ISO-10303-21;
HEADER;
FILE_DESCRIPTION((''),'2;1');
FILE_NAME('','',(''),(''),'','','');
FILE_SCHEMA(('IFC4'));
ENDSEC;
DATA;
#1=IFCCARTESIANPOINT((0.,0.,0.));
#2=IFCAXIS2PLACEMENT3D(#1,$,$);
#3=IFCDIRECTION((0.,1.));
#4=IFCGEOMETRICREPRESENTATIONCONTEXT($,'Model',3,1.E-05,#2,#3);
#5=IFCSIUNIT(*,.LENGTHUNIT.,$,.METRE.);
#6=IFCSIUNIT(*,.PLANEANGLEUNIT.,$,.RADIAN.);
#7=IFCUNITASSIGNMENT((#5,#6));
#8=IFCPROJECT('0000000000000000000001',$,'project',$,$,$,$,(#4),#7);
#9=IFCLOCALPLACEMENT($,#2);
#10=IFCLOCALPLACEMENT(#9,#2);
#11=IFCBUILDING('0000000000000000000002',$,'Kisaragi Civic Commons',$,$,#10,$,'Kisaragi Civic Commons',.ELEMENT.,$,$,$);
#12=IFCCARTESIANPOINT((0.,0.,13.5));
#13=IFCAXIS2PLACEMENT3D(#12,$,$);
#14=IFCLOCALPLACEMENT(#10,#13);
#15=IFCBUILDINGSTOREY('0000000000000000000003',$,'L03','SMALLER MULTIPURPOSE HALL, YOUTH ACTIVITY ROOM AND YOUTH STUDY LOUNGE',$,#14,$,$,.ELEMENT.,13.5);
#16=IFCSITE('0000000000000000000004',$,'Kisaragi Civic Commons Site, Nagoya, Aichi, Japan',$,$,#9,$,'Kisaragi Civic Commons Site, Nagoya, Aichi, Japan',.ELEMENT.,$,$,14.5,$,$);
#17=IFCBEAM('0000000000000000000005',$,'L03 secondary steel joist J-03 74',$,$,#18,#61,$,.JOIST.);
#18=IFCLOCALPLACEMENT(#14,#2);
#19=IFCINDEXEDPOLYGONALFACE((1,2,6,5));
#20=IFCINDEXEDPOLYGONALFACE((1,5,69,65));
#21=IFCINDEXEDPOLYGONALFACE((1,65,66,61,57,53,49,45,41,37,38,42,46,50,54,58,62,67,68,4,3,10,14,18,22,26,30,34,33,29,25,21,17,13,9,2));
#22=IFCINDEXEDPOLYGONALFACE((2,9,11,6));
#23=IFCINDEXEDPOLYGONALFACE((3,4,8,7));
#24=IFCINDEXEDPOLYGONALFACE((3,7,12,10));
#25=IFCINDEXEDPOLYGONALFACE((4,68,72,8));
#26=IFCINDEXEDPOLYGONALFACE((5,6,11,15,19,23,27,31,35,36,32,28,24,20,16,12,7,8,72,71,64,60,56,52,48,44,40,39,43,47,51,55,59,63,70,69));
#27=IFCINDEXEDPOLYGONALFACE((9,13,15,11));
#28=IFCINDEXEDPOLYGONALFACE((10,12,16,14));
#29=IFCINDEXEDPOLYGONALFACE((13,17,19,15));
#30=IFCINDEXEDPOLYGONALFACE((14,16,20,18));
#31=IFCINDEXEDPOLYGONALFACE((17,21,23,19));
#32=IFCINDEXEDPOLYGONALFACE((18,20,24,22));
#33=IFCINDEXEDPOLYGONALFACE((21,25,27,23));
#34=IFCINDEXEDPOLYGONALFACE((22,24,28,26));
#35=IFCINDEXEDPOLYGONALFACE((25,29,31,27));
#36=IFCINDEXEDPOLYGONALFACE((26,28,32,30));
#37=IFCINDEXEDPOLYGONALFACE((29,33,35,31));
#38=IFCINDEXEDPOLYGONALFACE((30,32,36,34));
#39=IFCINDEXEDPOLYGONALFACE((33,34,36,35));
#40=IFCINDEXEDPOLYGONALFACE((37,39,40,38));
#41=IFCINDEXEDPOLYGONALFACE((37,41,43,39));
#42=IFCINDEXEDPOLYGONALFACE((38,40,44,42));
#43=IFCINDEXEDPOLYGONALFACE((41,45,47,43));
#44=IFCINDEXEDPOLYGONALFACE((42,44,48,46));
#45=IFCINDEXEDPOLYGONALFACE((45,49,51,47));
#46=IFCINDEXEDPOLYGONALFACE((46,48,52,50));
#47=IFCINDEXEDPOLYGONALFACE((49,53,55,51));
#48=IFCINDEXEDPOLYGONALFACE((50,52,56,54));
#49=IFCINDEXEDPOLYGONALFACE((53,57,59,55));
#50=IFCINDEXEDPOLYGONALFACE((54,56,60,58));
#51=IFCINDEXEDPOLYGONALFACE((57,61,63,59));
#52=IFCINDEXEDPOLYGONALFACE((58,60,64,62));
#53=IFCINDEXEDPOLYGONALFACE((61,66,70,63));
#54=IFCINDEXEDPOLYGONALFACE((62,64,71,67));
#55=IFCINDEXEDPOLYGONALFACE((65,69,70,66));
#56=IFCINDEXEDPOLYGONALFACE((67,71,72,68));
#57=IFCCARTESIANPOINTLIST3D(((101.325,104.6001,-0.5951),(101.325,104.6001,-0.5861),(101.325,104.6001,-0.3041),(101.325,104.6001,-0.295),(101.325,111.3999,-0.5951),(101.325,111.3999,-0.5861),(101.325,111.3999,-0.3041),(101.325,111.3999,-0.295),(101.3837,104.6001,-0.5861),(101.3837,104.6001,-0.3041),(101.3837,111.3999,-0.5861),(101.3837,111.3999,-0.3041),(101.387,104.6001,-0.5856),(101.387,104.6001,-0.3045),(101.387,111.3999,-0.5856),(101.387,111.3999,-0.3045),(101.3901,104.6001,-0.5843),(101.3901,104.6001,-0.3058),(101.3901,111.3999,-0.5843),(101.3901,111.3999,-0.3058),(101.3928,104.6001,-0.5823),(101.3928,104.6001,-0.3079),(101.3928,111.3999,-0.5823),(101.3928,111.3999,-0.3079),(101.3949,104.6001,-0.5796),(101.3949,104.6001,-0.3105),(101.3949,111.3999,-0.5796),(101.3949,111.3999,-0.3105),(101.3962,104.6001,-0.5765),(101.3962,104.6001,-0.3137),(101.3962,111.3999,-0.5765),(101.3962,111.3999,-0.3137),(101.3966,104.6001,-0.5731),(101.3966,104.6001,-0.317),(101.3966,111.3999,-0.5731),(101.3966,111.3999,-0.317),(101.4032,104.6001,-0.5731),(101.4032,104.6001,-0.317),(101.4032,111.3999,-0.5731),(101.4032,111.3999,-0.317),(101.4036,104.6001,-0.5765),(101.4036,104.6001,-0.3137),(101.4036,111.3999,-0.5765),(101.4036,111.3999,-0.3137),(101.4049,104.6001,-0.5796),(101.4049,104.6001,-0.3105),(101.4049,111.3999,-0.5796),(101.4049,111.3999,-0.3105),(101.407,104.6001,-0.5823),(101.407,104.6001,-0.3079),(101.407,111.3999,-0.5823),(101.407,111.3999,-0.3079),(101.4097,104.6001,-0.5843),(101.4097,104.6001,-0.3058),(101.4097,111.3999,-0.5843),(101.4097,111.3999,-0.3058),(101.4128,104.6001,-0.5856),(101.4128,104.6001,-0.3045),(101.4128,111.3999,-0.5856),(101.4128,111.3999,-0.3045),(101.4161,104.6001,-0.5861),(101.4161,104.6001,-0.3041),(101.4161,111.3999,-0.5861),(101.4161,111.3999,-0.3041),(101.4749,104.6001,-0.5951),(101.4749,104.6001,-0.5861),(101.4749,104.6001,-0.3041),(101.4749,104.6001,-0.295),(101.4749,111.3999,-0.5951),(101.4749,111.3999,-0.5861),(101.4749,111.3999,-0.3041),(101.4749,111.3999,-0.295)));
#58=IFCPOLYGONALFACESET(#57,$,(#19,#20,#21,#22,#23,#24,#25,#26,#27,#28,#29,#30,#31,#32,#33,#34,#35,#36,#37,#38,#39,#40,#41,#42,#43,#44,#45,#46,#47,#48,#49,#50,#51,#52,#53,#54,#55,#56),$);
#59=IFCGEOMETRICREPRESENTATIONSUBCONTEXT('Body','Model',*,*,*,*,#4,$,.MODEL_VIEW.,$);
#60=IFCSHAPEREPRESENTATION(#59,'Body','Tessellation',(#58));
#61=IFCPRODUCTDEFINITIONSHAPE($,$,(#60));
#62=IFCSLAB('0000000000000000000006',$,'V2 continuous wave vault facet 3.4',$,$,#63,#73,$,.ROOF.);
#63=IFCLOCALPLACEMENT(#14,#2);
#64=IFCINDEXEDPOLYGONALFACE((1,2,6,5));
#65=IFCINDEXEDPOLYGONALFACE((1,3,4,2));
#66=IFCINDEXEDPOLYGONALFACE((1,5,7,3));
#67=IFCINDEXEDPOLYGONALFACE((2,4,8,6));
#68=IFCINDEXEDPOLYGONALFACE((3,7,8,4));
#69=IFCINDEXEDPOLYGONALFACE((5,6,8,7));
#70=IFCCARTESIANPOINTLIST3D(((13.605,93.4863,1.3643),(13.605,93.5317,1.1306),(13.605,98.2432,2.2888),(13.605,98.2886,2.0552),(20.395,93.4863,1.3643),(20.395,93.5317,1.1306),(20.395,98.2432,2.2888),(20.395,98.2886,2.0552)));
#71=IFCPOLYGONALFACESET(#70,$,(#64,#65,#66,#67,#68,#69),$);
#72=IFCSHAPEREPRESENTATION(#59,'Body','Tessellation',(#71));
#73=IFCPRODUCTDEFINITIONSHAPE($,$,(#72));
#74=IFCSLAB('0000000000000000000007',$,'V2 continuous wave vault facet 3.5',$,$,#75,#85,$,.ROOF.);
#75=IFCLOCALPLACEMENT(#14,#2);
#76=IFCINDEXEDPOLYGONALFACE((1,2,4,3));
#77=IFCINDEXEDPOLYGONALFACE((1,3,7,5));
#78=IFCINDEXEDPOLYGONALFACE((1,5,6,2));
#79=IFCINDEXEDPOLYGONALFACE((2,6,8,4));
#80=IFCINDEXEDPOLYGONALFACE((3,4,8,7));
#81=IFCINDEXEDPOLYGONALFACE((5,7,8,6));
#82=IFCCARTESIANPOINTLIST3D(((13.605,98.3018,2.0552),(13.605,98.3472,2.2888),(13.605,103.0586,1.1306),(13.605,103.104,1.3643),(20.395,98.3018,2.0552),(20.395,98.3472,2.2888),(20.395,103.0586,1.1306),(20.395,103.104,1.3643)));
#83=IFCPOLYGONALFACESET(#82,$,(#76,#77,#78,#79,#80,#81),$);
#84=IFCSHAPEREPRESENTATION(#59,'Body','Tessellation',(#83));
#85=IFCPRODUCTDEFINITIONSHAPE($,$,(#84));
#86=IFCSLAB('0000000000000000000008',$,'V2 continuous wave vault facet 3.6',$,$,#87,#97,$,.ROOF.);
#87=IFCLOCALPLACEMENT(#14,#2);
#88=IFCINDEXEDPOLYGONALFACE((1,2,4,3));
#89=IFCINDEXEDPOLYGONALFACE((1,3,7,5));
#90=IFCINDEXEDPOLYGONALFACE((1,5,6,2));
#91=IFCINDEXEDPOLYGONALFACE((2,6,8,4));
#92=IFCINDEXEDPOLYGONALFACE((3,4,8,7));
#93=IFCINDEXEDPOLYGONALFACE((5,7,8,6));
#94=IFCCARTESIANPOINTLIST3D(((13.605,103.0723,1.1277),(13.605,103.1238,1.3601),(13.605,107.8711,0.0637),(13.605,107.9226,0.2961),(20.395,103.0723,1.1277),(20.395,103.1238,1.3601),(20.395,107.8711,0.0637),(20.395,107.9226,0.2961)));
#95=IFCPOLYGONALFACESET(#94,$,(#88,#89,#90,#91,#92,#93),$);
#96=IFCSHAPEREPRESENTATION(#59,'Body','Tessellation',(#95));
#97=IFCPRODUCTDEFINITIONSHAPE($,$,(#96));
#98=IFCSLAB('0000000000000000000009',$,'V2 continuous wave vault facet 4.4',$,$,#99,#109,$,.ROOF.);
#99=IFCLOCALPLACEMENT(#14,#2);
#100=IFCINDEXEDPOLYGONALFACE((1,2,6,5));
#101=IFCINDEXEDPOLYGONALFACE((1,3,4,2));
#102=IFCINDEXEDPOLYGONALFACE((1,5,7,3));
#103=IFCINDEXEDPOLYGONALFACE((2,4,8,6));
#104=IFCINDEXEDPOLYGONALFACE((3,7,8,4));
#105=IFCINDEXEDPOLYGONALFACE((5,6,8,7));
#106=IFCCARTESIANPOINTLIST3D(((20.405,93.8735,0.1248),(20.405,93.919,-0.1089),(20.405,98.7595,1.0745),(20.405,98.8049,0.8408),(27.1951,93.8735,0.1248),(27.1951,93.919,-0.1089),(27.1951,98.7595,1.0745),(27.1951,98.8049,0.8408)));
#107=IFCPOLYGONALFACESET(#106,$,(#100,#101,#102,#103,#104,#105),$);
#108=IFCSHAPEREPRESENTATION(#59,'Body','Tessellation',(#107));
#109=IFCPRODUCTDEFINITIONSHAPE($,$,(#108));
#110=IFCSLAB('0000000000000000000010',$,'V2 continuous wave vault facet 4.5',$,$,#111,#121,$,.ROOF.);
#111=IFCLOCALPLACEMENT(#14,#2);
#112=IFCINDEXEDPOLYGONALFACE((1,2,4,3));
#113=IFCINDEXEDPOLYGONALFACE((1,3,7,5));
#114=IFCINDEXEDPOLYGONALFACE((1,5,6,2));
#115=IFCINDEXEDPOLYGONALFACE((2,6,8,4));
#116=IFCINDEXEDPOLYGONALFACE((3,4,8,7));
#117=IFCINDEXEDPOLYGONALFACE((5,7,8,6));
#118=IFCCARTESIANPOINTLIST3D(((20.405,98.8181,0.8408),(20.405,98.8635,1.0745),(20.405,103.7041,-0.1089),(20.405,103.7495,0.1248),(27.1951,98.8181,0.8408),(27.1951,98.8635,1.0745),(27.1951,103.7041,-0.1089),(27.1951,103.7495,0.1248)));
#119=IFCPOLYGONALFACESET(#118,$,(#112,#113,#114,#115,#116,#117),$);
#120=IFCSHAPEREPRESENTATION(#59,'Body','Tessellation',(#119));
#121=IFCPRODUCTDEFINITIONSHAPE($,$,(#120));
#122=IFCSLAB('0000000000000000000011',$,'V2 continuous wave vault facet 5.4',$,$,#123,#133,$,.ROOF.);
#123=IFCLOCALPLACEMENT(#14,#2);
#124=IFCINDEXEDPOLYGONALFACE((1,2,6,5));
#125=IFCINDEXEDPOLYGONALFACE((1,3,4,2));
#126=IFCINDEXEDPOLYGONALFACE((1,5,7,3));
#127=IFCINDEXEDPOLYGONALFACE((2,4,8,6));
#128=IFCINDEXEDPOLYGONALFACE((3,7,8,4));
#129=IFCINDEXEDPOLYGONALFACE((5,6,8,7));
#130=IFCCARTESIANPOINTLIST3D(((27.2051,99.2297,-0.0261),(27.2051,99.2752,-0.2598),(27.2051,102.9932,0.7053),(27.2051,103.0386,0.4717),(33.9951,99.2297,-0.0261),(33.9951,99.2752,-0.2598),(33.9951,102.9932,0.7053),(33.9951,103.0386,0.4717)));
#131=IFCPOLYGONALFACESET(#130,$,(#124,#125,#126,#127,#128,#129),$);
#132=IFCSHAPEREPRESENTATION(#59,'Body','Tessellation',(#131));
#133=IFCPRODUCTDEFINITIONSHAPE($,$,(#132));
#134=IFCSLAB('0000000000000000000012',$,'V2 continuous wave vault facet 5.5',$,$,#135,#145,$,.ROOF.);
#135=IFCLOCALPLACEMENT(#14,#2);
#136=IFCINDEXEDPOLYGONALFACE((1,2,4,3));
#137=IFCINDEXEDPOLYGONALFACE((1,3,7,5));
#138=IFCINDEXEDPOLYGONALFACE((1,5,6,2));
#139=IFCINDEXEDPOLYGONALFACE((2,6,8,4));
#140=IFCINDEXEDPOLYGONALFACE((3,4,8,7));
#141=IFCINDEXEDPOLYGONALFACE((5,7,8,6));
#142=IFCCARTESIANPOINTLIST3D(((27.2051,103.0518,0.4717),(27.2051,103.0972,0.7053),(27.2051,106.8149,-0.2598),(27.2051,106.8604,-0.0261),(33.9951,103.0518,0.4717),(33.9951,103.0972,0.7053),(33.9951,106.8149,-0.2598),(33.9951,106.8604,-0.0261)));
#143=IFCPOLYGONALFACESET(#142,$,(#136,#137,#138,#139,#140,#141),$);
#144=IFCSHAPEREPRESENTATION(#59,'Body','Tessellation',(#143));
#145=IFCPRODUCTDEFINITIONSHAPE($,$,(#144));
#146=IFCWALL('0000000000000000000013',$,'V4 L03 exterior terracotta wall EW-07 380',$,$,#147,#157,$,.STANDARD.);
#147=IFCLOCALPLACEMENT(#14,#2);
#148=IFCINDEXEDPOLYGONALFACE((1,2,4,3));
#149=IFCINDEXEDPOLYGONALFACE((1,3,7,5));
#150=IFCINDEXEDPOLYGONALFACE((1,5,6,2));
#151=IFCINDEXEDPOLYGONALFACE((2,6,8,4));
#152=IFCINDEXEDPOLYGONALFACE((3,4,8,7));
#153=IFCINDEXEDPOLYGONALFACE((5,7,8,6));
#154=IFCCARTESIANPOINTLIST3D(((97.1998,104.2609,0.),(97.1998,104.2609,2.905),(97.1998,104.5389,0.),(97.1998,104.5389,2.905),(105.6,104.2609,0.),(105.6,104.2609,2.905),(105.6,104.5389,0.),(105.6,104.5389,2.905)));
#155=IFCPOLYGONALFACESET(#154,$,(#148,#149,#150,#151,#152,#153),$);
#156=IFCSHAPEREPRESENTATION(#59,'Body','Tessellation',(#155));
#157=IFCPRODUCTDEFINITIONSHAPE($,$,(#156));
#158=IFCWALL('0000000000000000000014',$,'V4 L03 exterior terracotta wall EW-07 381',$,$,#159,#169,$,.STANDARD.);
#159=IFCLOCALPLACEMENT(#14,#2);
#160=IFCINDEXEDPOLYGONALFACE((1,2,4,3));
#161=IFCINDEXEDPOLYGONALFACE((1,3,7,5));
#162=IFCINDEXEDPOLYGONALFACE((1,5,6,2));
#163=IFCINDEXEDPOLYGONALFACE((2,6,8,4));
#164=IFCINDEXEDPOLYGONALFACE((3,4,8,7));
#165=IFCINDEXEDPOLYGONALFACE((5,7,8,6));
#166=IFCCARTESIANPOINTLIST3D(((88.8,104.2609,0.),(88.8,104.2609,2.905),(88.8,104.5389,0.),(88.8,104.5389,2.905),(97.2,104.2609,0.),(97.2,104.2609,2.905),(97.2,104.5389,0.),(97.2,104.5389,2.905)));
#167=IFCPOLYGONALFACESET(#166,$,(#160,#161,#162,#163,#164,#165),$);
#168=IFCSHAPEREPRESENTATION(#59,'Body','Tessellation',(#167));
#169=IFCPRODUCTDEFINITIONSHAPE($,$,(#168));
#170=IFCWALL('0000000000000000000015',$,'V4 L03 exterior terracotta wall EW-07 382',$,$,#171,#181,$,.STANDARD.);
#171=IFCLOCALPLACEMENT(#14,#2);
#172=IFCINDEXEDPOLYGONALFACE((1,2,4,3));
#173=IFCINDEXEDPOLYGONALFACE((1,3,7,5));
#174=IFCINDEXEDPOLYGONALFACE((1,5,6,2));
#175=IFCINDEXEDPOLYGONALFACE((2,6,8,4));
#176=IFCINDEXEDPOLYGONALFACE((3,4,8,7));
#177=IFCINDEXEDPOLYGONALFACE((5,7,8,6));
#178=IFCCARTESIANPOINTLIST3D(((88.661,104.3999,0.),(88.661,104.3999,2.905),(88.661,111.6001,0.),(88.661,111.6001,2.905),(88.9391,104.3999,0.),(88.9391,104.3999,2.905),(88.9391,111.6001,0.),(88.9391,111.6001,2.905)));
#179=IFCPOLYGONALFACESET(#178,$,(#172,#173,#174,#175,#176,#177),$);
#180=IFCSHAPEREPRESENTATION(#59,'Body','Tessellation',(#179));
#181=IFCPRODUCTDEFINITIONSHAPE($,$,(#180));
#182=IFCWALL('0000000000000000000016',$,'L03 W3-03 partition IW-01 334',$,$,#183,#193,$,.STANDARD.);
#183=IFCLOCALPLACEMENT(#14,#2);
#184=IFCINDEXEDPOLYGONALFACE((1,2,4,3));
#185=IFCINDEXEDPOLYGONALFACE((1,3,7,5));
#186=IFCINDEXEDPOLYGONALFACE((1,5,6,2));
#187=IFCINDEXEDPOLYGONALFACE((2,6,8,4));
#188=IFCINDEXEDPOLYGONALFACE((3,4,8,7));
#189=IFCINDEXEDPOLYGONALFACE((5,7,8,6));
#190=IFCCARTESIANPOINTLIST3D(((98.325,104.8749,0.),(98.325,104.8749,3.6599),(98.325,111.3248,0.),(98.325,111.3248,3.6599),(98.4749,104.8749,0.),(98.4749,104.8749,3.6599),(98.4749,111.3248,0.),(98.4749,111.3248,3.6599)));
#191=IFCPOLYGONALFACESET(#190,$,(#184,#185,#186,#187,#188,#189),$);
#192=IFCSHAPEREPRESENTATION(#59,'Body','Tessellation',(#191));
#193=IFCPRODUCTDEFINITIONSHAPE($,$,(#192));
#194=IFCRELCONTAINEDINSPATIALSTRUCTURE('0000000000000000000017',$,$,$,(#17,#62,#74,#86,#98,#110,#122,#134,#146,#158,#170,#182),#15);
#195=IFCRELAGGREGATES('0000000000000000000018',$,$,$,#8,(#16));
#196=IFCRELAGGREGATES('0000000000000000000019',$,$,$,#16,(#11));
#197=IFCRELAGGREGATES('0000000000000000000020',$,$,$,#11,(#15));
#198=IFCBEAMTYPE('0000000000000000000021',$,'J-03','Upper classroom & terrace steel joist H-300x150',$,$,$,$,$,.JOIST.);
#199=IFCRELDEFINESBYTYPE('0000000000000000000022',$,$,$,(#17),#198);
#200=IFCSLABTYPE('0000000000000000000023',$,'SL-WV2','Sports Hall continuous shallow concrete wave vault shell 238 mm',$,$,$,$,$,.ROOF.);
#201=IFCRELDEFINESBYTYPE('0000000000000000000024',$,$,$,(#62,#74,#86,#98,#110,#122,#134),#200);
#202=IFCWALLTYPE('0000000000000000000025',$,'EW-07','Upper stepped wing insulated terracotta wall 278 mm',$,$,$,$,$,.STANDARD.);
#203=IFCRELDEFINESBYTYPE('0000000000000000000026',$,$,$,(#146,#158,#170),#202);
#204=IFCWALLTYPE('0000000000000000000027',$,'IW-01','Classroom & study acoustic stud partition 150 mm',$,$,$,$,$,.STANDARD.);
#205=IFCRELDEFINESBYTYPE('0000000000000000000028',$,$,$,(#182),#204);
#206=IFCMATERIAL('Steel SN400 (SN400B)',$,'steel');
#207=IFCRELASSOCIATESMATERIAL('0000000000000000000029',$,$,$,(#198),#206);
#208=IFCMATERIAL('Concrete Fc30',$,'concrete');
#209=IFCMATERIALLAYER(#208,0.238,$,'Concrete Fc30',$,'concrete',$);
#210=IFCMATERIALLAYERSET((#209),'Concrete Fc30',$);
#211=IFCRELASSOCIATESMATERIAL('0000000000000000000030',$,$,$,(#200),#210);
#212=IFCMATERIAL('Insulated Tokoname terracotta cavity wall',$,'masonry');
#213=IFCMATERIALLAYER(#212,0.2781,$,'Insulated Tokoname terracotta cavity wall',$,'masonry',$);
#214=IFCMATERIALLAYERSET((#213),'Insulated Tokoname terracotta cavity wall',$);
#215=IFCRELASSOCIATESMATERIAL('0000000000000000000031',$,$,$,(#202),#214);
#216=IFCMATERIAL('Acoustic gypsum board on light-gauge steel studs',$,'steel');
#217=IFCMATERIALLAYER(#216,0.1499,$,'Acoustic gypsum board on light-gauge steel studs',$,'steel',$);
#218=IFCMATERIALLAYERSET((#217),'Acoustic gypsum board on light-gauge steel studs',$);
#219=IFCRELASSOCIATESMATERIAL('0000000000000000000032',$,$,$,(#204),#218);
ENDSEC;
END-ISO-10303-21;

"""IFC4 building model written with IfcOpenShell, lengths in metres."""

from ifc_helpers import new_model, si_unit, direction, frame, frame_2d, origin, origin_2d, place, context, subcontext, project, spatial, polyline, rectangle, i_section, outline, extrude, material, layer, layer_set, material_profile, profile_set, type_object, element, save


model = new_model("IFC4")

# Units and contexts
model_context = context("Model", 3, precision=1e-05, world=origin(), true_north=direction((0.0, 1.0)))
body_context = subcontext(model_context, "Body", "Model", "MODEL_VIEW")
ifc_project = project(units=[si_unit("LENGTHUNIT", "METRE"), si_unit("PLANEANGLEUNIT", "RADIAN")], contexts=[model_context])

# Site, building, storey
site_placement = place(None, origin())
site = spatial("IfcSite", under=ifc_project, at=site_placement, Name="Kisaragi Civic Commons Site, Nagoya, Aichi, Japan", LongName="Kisaragi Civic Commons Site, Nagoya, Aichi, Japan", CompositionType="ELEMENT", RefElevation=14.5)
building_placement = place(site_placement, origin())
building = spatial("IfcBuilding", under=site, at=building_placement, Name="Kisaragi Civic Commons", LongName="Kisaragi Civic Commons", CompositionType="ELEMENT")
storey_placement = place(building_placement, frame((0.0, 0.0, 13.5)))
storey = spatial("IfcBuildingStorey", under=building, at=storey_placement, Name="L03", Description="SMALLER MULTIPURPOSE HALL, YOUTH ACTIVITY ROOM AND YOUTH STUDY LOUNGE", CompositionType="ELEMENT", Elevation=13.5)

# Shared definitions
ifc_material_1 = material(Name="Concrete Fc30", Category="concrete")

# Beam
ifc_material_2 = material(Name="Steel SN400 (SN400B)", Category="steel")
ifc_material_profile_1 = material_profile(ifc_material_2, i_section(OverallWidth=0.1499, OverallDepth=0.3, WebThickness=0.0066, FlangeThickness=0.009, FilletRadius=0.0129, at=origin_2d()), Name="H-300x150x6.5x9", Category="steel")
ifc_profile_set_1 = profile_set([ifc_material_profile_1], Name="Steel SN400 (SN400B)")
beam_type_1 = type_object("IfcBeamType", Name="J-03", Description="Upper classroom & terrace steel joist H-300x150", PredefinedType="JOIST", material=ifc_profile_set_1)
for number, where, z_axis, x_axis, name in (
    (1, (101.3999, 104.6001, -0.4451), (0.0, 1.0, 0.0), (-1.0, 0.0, 0.0), "L03 secondary steel joist J-03 74"),
):
    element("IfcBeam", number, at=place(storey_placement, frame(where, z_axis=z_axis, x_axis=x_axis)), inside=storey, type_object=beam_type_1, Name=name, PredefinedType="JOIST", context=body_context, shape_type="SweptSolid", body=[
        extrude(i_section(OverallWidth=0.1499, OverallDepth=0.3, WebThickness=0.0066, FlangeThickness=0.009, FilletRadius=0.0129, at=origin_2d()), origin(), (0.0, 0.0, 1.0), 6.7998),
    ])

# Slabs
ifc_layer_1 = layer(ifc_material_1, 0.238, Name="Concrete Fc30", Category="concrete")
ifc_layer_set_1 = layer_set([ifc_layer_1], Name="Concrete Fc30")
slab_type = type_object("IfcSlabType", Name="SL-WV2", Description="Sports Hall continuous shallow concrete wave vault shell 238 mm", PredefinedType="ROOF", material=ifc_layer_set_1)
for number, where, z_axis, x_axis, name in (
    (2, (20.395, 98.2432, 2.2888), (0.0, -0.190794, 0.98163), (-1.0, 0.0, 0.0), "V2 continuous wave vault facet 3.4"),
    (3, (20.395, 103.104, 1.3643), (0.0, 0.190794, 0.98163), (-1.0, 0.0, 0.0), "V2 continuous wave vault facet 3.5"),
):
    element("IfcSlab", number, at=place(storey_placement, frame(where, z_axis=z_axis, x_axis=x_axis)), inside=storey, type_object=slab_type, Name=name, PredefinedType="ROOF", context=body_context, shape_type="SweptSolid", body=[
        extrude(outline(polyline([(0.0, 0.0), (6.79, 0.0), (6.79, 4.8459), (0.0, 4.8459), (0.0, 0.0)])), origin(), (0.0, 0.0, -1.0), 0.238),
    ])
slab_1_placement = place(storey_placement, frame((20.395, 107.9226, 0.2961), z_axis=(0.0, 0.216457, 0.976292), x_axis=(-1.0, 0.0, 0.0)))
element("IfcSlab", 4, at=slab_1_placement, inside=storey, type_object=slab_type, Name="V2 continuous wave vault facet 3.6", PredefinedType="ROOF", context=body_context, shape_type="SweptSolid", body=[
    extrude(outline(polyline([(0.0, 0.0), (6.79, 0.0), (6.79, 4.9154), (0.0, 4.9154), (0.0, 0.0)])), origin(), (0.0, 0.0, -1.0), 0.238),
])
for number, where, z_axis, x_axis, name in (
    (5, (27.1951, 98.7595, 1.0745), (0.0, -0.190803, 0.981628), (-1.0, 0.0, 0.0), "V2 continuous wave vault facet 4.4"),
    (6, (27.1951, 103.7495, 0.1248), (0.0, 0.190803, 0.981628), (-1.0, 0.0, 0.0), "V2 continuous wave vault facet 4.5"),
):
    element("IfcSlab", number, at=place(storey_placement, frame(where, z_axis=z_axis, x_axis=x_axis)), inside=storey, type_object=slab_type, Name=name, PredefinedType="ROOF", context=body_context, shape_type="SweptSolid", body=[
        extrude(outline(polyline([(0.0, 0.0), (6.79, 0.0), (6.79, 4.9774), (0.0, 4.9774), (0.0, 0.0)])), origin(), (0.0, 0.0, -1.0), 0.238),
    ])
slab_2_placement = place(storey_placement, frame((33.9951, 102.9932, 0.7053), z_axis=(0.0, -0.190786, 0.981632), x_axis=(-1.0, 0.0, 0.0)))
element("IfcSlab", 7, at=slab_2_placement, inside=storey, type_object=slab_type, Name="V2 continuous wave vault facet 5.4", PredefinedType="ROOF", context=body_context, shape_type="SweptSolid", body=[
    extrude(outline(polyline([(0.0, 0.0), (6.79, 0.0), (6.79, 3.8338), (0.0, 3.8338), (0.0, 0.0)])), origin(), (0.0, 0.0, -1.0), 0.238),
])
slab_3_placement = place(storey_placement, frame((33.9951, 106.8604, -0.0261), z_axis=(0.0, 0.190798, 0.981629), x_axis=(-1.0, 0.0, 0.0)))
element("IfcSlab", 8, at=slab_3_placement, inside=storey, type_object=slab_type, Name="V2 continuous wave vault facet 5.5", PredefinedType="ROOF", context=body_context, shape_type="SweptSolid", body=[
    extrude(outline(polyline([(0.0, 0.0), (6.79, 0.0), (6.79, 3.8336), (0.0, 3.8336), (0.0, 0.0)])), origin(), (0.0, 0.0, -1.0), 0.238),
])

# Walls
ifc_material_3 = material(Name="Insulated Tokoname terracotta cavity wall", Category="masonry")
ifc_layer_2 = layer(ifc_material_3, 0.2781, Name="Insulated Tokoname terracotta cavity wall", Category="masonry")
ifc_layer_set_2 = layer_set([ifc_layer_2], Name="Insulated Tokoname terracotta cavity wall")
wall_type_1 = type_object("IfcWallType", Name="EW-07", Description="Upper stepped wing insulated terracotta wall 278 mm", PredefinedType="STANDARD", material=ifc_layer_set_2)
wall_1_placement = place(storey_placement, frame((105.6001, 104.3999, 0.0), z_axis=(0.0, 0.0, 1.0), x_axis=(-1.0, 0.0, 0.0)))
element("IfcWall", 9, at=wall_1_placement, inside=storey, type_object=wall_type_1, Name="V4 L03 exterior terracotta wall EW-07 380", PredefinedType="STANDARD", context=body_context, shape_type="SweptSolid", body=[
    extrude(rectangle(XDim=8.4001, YDim=0.2781, at=frame_2d((4.2002, 0.0))), origin(), (0.0, 0.0, 1.0), 2.905),
])
wall_2_placement = place(storey_placement, frame((97.2, 104.3999, 0.0), z_axis=(0.0, 0.0, 1.0), x_axis=(-1.0, 0.0, 0.0)))
element("IfcWall", 10, at=wall_2_placement, inside=storey, type_object=wall_type_1, Name="V4 L03 exterior terracotta wall EW-07 381", PredefinedType="STANDARD", context=body_context, shape_type="SweptSolid", body=[
    extrude(rectangle(XDim=8.3999, YDim=0.2781, at=frame_2d((4.2, 0.0))), origin(), (0.0, 0.0, 1.0), 2.905),
])
wall_3_placement = place(storey_placement, frame((88.8, 104.3999, 0.0), z_axis=(0.0, 0.0, 1.0), x_axis=(0.0, 1.0, 0.0)))
element("IfcWall", 11, at=wall_3_placement, inside=storey, type_object=wall_type_1, Name="V4 L03 exterior terracotta wall EW-07 382", PredefinedType="STANDARD", context=body_context, shape_type="SweptSolid", body=[
    extrude(rectangle(XDim=7.2002, YDim=0.2781, at=frame_2d((3.6001, 0.0))), origin(), (0.0, 0.0, 1.0), 2.905),
])
ifc_material_4 = material(Name="Acoustic gypsum board on light-gauge steel studs", Category="steel")
ifc_layer_3 = layer(ifc_material_4, 0.1499, Name="Acoustic gypsum board on light-gauge steel studs", Category="steel")
ifc_layer_set_3 = layer_set([ifc_layer_3], Name="Acoustic gypsum board on light-gauge steel studs")
wall_type_2 = type_object("IfcWallType", Name="IW-01", Description="Classroom & study acoustic stud partition 150 mm", PredefinedType="STANDARD", material=ifc_layer_set_3)
wall_4_placement = place(storey_placement, frame((98.3999, 111.325, 0.0), z_axis=(0.0, 0.0, 1.0), x_axis=(0.0, -1.0, 0.0)))
element("IfcWall", 12, at=wall_4_placement, inside=storey, type_object=wall_type_2, Name="L03 W3-03 partition IW-01 334", PredefinedType="STANDARD", context=body_context, shape_type="SweptSolid", body=[
    extrude(rectangle(XDim=6.45, YDim=0.1499, at=frame_2d((3.2251, 0.0))), origin(), (0.0, 0.0, 1.0), 3.6599),
])

save(model, "model.ifc")
